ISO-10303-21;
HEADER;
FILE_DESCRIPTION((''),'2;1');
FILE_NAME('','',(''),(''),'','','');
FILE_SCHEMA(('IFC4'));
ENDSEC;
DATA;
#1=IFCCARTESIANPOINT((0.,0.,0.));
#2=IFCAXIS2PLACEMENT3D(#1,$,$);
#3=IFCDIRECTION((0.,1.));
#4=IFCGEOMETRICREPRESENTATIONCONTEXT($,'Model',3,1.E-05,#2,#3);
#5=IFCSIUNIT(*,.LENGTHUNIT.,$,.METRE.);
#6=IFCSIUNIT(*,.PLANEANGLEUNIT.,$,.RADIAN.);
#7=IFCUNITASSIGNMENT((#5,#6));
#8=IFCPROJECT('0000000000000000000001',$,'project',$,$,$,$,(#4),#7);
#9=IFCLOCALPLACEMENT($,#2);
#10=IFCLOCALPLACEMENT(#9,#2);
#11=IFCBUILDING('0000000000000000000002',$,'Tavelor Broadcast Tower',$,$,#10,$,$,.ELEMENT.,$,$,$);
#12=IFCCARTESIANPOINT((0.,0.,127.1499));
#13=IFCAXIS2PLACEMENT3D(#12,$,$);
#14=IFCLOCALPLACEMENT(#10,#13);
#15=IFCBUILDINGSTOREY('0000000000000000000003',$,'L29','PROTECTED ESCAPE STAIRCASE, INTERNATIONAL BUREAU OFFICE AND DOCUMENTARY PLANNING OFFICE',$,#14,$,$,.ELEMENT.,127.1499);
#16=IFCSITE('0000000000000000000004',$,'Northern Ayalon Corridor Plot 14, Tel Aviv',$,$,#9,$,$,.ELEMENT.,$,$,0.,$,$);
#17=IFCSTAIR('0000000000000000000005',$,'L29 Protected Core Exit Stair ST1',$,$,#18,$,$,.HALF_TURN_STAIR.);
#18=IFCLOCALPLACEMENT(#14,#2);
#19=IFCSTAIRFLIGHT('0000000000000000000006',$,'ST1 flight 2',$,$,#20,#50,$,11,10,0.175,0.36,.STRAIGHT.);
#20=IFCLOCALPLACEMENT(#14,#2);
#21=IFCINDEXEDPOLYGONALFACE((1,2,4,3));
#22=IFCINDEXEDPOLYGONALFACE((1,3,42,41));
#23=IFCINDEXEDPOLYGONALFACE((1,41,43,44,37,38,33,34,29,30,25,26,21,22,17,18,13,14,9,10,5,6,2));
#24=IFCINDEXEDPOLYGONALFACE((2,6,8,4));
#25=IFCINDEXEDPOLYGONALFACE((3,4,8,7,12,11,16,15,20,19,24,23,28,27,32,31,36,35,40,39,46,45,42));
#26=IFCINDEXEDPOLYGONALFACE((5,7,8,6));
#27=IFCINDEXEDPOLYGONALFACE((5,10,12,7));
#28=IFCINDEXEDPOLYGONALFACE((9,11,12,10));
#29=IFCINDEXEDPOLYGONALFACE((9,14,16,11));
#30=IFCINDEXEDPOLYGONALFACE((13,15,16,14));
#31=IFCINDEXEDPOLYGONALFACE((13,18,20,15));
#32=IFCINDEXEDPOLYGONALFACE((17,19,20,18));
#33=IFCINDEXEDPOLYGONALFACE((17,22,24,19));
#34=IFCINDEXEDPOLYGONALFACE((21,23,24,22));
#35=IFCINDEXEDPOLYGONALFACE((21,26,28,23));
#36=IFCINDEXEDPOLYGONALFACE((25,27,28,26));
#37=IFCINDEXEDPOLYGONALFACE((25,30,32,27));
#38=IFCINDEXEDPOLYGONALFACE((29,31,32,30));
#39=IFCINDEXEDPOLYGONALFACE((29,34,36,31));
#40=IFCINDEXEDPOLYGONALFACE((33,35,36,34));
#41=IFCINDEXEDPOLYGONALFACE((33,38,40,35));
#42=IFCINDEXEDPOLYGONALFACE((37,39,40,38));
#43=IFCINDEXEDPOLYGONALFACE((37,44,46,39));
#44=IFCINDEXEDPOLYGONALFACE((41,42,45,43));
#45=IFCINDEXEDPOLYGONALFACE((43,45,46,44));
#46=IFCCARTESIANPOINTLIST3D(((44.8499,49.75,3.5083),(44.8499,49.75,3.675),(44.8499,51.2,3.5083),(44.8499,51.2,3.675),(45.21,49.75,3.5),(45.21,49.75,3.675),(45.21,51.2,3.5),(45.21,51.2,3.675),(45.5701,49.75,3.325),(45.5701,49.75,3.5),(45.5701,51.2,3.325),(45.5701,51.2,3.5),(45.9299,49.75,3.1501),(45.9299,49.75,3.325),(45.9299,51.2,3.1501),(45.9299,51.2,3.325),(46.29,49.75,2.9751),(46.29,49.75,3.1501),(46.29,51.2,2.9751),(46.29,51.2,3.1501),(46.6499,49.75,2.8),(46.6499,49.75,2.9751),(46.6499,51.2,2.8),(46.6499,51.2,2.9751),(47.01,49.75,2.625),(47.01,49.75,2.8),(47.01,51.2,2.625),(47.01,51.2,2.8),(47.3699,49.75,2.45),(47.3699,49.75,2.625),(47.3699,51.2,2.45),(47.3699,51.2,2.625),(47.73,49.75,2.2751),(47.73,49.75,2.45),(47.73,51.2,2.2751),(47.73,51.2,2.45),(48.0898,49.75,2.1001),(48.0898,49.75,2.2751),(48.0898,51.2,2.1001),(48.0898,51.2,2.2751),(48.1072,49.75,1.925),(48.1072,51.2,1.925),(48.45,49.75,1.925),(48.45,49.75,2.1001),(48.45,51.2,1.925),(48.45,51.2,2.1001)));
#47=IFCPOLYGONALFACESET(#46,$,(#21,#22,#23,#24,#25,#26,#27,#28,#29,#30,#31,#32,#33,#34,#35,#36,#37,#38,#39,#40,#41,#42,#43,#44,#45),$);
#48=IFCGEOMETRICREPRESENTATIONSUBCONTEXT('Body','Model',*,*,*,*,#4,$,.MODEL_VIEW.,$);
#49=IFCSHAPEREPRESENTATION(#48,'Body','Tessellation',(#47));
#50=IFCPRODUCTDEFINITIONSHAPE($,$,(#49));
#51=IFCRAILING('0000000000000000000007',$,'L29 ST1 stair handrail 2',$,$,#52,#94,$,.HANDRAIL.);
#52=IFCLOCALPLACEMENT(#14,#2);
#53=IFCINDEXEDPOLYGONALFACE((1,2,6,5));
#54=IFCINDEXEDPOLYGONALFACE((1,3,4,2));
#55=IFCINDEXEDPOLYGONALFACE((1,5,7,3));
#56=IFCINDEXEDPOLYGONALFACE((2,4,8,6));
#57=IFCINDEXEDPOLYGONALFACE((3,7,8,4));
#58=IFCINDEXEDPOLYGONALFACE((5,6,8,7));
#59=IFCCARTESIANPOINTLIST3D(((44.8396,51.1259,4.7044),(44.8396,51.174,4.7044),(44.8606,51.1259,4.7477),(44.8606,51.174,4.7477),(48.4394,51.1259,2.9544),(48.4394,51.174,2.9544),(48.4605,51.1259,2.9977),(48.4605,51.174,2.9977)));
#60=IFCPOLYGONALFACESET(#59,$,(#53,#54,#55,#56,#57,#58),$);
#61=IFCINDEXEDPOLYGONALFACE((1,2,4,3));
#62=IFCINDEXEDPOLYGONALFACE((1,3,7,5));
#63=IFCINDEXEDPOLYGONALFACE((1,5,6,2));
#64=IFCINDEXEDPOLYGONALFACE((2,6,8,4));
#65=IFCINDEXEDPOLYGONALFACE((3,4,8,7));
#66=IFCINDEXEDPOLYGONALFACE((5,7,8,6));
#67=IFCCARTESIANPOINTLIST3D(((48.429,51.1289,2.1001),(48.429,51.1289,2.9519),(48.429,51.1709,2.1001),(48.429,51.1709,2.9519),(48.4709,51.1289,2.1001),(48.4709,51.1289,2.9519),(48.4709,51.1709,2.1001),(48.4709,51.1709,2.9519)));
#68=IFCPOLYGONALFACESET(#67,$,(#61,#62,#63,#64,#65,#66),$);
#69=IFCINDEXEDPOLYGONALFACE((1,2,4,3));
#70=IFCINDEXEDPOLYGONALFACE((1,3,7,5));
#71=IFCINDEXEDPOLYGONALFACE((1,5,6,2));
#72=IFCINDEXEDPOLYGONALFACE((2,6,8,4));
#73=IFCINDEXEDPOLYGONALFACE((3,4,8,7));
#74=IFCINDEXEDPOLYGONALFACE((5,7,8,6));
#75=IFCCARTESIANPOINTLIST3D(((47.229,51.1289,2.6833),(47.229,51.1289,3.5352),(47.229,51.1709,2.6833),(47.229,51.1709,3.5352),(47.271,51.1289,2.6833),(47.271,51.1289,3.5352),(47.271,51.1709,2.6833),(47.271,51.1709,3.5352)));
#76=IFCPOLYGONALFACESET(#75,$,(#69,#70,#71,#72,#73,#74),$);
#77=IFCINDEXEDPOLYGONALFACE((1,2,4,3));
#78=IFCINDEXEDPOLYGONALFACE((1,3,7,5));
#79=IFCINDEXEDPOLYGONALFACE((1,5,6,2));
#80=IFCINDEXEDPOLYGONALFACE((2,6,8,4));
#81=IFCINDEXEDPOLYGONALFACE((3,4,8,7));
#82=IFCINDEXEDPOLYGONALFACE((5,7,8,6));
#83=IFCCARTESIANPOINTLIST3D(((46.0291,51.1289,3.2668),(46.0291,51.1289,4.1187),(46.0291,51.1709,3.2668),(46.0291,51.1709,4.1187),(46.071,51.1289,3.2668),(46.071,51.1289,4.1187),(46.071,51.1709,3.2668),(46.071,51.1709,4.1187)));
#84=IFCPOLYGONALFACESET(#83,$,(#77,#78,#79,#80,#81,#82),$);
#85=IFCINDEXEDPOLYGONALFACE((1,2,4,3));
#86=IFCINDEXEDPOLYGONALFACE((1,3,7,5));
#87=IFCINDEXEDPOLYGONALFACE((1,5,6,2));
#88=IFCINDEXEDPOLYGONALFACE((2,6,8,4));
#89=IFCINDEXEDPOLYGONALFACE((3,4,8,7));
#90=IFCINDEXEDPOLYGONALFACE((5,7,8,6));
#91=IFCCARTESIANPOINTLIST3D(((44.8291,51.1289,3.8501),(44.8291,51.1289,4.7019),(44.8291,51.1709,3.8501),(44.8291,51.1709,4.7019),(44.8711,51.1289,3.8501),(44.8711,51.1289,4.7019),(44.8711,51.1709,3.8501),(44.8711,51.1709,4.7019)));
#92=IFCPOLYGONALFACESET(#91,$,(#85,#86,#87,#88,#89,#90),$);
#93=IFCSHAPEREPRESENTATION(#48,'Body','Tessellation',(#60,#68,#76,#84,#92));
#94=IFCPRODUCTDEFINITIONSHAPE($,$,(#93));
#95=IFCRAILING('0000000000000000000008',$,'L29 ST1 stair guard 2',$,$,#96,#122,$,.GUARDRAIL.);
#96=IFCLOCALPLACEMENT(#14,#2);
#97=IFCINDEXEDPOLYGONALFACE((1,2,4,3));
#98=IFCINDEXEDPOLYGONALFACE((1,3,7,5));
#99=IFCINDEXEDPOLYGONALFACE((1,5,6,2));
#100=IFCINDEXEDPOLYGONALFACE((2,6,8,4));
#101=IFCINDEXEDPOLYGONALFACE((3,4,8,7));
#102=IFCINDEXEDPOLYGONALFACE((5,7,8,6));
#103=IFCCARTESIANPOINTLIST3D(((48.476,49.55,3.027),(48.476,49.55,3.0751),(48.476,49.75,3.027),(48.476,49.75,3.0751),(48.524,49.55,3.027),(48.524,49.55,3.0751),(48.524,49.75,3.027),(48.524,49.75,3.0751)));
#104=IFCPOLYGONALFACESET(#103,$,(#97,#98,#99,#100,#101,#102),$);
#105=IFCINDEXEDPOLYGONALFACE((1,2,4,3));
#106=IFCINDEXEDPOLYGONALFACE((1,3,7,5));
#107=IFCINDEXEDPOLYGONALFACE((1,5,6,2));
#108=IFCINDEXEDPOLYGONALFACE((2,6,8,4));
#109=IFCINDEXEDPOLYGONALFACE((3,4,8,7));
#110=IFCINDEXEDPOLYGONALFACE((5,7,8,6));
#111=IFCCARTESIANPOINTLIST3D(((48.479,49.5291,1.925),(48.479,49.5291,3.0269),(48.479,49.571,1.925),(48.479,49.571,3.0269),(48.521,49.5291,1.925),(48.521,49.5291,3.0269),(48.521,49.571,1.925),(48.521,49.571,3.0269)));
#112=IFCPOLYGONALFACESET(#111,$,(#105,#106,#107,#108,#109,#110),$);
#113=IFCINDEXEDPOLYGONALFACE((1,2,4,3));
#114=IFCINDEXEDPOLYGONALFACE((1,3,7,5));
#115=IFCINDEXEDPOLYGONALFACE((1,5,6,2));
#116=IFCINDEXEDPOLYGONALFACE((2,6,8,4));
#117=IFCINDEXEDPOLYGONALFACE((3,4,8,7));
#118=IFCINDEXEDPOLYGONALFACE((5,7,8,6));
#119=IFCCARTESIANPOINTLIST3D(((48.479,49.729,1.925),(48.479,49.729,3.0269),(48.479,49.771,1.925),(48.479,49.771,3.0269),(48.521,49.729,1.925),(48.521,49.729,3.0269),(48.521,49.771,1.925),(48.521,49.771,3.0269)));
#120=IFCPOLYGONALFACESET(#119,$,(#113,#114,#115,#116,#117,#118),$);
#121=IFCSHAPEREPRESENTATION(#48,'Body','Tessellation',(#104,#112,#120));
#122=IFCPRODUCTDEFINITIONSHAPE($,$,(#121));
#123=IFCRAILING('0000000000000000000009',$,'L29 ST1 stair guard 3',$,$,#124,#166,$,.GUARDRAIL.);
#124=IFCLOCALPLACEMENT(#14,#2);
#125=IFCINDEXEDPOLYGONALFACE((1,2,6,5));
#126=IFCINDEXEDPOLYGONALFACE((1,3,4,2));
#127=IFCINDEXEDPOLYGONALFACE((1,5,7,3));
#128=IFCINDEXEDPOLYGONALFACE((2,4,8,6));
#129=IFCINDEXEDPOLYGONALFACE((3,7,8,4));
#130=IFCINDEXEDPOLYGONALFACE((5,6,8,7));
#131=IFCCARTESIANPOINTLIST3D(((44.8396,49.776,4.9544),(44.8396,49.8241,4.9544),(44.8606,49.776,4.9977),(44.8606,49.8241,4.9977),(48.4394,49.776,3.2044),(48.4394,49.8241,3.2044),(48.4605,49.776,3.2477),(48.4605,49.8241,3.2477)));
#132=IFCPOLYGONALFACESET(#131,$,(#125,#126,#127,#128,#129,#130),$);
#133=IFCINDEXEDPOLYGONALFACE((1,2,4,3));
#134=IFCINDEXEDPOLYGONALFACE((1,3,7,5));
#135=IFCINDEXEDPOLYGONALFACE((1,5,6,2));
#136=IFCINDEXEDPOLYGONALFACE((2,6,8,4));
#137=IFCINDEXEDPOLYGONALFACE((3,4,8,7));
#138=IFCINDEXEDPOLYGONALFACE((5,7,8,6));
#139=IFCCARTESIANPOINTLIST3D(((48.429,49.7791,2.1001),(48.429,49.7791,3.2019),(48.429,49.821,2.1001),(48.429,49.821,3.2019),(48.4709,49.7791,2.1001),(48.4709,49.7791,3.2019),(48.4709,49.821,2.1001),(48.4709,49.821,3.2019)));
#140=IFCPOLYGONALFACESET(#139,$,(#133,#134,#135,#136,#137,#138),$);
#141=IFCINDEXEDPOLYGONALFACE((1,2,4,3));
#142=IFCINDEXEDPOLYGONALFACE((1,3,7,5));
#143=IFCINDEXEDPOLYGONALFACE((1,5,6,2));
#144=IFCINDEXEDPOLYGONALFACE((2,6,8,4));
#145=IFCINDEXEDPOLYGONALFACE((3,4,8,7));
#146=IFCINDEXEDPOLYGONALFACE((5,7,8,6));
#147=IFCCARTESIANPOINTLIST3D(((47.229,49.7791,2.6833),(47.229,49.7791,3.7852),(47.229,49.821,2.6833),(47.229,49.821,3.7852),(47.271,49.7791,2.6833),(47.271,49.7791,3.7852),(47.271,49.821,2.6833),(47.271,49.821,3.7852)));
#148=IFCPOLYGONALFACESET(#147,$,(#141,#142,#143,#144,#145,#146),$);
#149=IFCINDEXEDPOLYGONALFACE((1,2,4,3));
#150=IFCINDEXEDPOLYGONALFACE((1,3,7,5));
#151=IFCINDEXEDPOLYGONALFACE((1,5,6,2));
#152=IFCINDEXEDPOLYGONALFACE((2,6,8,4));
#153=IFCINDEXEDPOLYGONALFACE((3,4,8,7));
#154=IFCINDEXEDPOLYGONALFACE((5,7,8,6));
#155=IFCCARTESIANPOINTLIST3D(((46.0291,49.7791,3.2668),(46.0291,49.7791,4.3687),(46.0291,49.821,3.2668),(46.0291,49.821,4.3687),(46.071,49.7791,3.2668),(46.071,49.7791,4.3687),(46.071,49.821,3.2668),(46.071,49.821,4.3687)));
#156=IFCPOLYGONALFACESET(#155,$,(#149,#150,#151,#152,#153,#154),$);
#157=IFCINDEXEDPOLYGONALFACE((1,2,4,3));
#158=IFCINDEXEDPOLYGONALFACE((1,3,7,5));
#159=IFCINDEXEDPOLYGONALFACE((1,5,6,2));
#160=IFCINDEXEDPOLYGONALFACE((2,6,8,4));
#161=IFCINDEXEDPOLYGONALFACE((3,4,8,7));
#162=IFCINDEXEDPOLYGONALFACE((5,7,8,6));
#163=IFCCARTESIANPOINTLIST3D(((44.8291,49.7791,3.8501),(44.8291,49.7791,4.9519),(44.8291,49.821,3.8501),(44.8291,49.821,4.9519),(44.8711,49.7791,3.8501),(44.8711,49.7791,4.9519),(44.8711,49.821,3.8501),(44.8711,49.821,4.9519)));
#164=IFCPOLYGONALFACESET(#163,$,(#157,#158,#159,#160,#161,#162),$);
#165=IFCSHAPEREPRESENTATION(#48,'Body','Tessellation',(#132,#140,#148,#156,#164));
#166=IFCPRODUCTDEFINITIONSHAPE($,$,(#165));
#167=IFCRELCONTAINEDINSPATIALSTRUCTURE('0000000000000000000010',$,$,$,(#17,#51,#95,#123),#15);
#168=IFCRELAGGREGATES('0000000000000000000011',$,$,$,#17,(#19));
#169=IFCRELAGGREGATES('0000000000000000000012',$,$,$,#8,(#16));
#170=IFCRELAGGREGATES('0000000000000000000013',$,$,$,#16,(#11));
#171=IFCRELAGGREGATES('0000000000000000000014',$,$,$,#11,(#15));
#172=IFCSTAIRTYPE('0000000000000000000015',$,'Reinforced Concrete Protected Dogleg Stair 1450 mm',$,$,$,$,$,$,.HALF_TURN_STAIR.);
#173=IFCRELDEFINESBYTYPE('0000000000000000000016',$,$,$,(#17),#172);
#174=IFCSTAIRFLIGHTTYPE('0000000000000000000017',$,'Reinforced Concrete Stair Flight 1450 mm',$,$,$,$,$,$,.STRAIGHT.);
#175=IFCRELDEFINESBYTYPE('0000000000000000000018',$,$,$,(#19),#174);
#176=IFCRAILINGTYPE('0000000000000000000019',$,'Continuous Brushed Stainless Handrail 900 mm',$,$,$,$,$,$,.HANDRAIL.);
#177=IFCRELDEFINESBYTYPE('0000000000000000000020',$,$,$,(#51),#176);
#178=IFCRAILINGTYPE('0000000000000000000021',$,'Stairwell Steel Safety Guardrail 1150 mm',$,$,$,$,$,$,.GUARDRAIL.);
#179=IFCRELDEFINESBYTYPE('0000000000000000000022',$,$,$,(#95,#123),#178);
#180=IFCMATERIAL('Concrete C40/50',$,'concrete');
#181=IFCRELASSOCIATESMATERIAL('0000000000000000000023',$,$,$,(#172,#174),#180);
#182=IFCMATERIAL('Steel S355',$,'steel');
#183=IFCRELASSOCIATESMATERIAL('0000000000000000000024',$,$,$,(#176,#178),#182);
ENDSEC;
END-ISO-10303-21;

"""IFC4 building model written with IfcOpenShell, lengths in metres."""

from ifc_helpers import new_model, si_unit, direction, frame, origin, origin_2d, place, context, subcontext, project, spatial, polyline, rectangle, outline, extrude, material, type_object, element, aggregate, save


model = new_model("IFC4")

# Units and contexts
model_context = context("Model", 3, precision=1e-05, world=origin(), true_north=direction((0.0, 1.0)))
body_context = subcontext(model_context, "Body", "Model", "MODEL_VIEW")
ifc_project = project(units=[si_unit("LENGTHUNIT", "METRE"), si_unit("PLANEANGLEUNIT", "RADIAN")], contexts=[model_context])

# Site, building, storey
site_placement = place(None, origin())
site = spatial("IfcSite", under=ifc_project, at=site_placement, Name="Northern Ayalon Corridor Plot 14, Tel Aviv", CompositionType="ELEMENT", RefElevation=0.0)
building_placement = place(site_placement, origin())
building = spatial("IfcBuilding", under=site, at=building_placement, Name="Tavelor Broadcast Tower", CompositionType="ELEMENT")
storey_placement = place(building_placement, frame((0.0, 0.0, 127.1499)))
storey = spatial("IfcBuildingStorey", under=building, at=storey_placement, Name="L29", Description="PROTECTED ESCAPE STAIRCASE, INTERNATIONAL BUREAU OFFICE AND DOCUMENTARY PLANNING OFFICE", CompositionType="ELEMENT", Elevation=127.1499)

# Shared definitions
ifc_material_1 = material(Name="Concrete C40/50", Category="concrete")
ifc_material_2 = material(Name="Steel S355", Category="steel")

# Stair, stair flight
stair_type = type_object("IfcStairType", Name="Reinforced Concrete Protected Dogleg Stair 1450 mm", PredefinedType="HALF_TURN_STAIR", material=ifc_material_1)
stair_placement = place(storey_placement, origin())
stair = element("IfcStair", 1, at=stair_placement, inside=storey, type_object=stair_type, Name="L29 Protected Core Exit Stair ST1", PredefinedType="HALF_TURN_STAIR")
stair_flight_type = type_object("IfcStairFlightType", Name="Reinforced Concrete Stair Flight 1450 mm", PredefinedType="STRAIGHT", material=ifc_material_1)
stair_flight_placement = place(storey_placement, frame((48.45, 50.4751, 1.925), z_axis=(0.0, 0.0, 1.0), x_axis=(-1.0, 0.0, 0.0)))
stair_flight = element("IfcStairFlight", 2, at=stair_flight_placement, type_object=stair_flight_type, Name="ST1 flight 2", NumberOfRisers=11, NumberOfTreads=10, PredefinedType="STRAIGHT", RiserHeight=0.175, TreadLength=0.36, context=body_context, shape_type="SweptSolid", body=[
    extrude(outline(polyline([(0.0, 0.0), (0.0, 0.175), (0.3601, 0.175), (0.3601, 0.3501), (0.72, 0.3501), (0.72, 0.5249), (1.0801, 0.5249), (1.0801, 0.7), (1.4399, 0.7), (1.4399, 0.875), (1.8, 0.875), (1.8, 1.05), (2.1599, 1.05), (2.1599, 1.2251), (2.52, 1.2251), (2.52, 1.3999), (2.8799, 1.3999), (2.8799, 1.575), (3.24, 1.575), (3.24, 1.75), (3.6001, 1.75), (3.6001, 1.925), (3.6001, 1.5833), (0.3428, 0.0), (0.0, 0.0)])), frame((0.0, 0.7251, 0.0), z_axis=(0.0, -1.0, 0.0), x_axis=(1.0, 0.0, 0.0)), (0.0, 0.0, 1.0), 1.45),
])
aggregate(stair, [stair_flight])

# Railings
railing_type_1 = type_object("IfcRailingType", Name="Continuous Brushed Stainless Handrail 900 mm", PredefinedType="HANDRAIL", material=ifc_material_2)
railing_1_placement = place(storey_placement, frame((48.45, 51.1499, 2.1001)))
element("IfcRailing", 3, at=railing_1_placement, inside=storey, type_object=railing_type_1, Name="L29 ST1 stair handrail 2", PredefinedType="HANDRAIL", context=body_context, shape_type="SweptSolid", body=[
    extrude(rectangle(XDim=0.0481, YDim=0.0481, at=origin_2d()), frame((0.0, 0.0, 0.876), z_axis=(-0.899361, 0.0, 0.437207), x_axis=(0.0, -1.0, 0.0)), (0.0, 0.0, 1.0), 4.0027),
    extrude(rectangle(XDim=0.042, YDim=0.042, at=origin_2d()), origin(), (0.0, 0.0, 1.0), 0.8518),
    extrude(rectangle(XDim=0.042, YDim=0.042, at=origin_2d()), frame((-1.2, 0.0, 0.5833)), (0.0, 0.0, 1.0), 0.8518),
    extrude(rectangle(XDim=0.042, YDim=0.042, at=origin_2d()), frame((-2.3999, 0.0, 1.1667)), (0.0, 0.0, 1.0), 0.8518),
    extrude(rectangle(XDim=0.042, YDim=0.042, at=origin_2d()), frame((-3.5999, 0.0, 1.75)), (0.0, 0.0, 1.0), 0.8518),
])
railing_type_2 = type_object("IfcRailingType", Name="Stairwell Steel Safety Guardrail 1150 mm", PredefinedType="GUARDRAIL", material=ifc_material_2)
railing_2_placement = place(storey_placement, frame((48.5, 49.55, 1.925)))
element("IfcRailing", 4, at=railing_2_placement, inside=storey, type_object=railing_type_2, Name="L29 ST1 stair guard 2", PredefinedType="GUARDRAIL", context=body_context, shape_type="SweptSolid", body=[
    extrude(rectangle(XDim=0.0481, YDim=0.0481, at=origin_2d()), frame((0.0, 0.0, 1.126), z_axis=(0.0, 1.0, 0.0), x_axis=(-1.0, 0.0, 0.0)), (0.0, 0.0, 1.0), 0.2),
    extrude(rectangle(XDim=0.042, YDim=0.042, at=origin_2d()), origin(), (0.0, 0.0, 1.0), 1.1018),
    extrude(rectangle(XDim=0.042, YDim=0.042, at=origin_2d()), frame((0.0, 0.2, 0.0)), (0.0, 0.0, 1.0), 1.1018),
])
railing_3_placement = place(storey_placement, frame((48.45, 49.8, 2.1001)))
element("IfcRailing", 5, at=railing_3_placement, inside=storey, type_object=railing_type_2, Name="L29 ST1 stair guard 3", PredefinedType="GUARDRAIL", context=body_context, shape_type="SweptSolid", body=[
    extrude(rectangle(XDim=0.0481, YDim=0.0481, at=origin_2d()), frame((0.0, 0.0, 1.126), z_axis=(-0.899361, 0.0, 0.437207), x_axis=(0.0, -1.0, 0.0)), (0.0, 0.0, 1.0), 4.0027),
    extrude(rectangle(XDim=0.042, YDim=0.042, at=origin_2d()), origin(), (0.0, 0.0, 1.0), 1.1018),
    extrude(rectangle(XDim=0.042, YDim=0.042, at=origin_2d()), frame((-1.2, 0.0, 0.5833)), (0.0, 0.0, 1.0), 1.1018),
    extrude(rectangle(XDim=0.042, YDim=0.042, at=origin_2d()), frame((-2.3999, 0.0, 1.1667)), (0.0, 0.0, 1.0), 1.1018),
    extrude(rectangle(XDim=0.042, YDim=0.042, at=origin_2d()), frame((-3.5999, 0.0, 1.75)), (0.0, 0.0, 1.0), 1.1018),
])

save(model, "model.ifc")
